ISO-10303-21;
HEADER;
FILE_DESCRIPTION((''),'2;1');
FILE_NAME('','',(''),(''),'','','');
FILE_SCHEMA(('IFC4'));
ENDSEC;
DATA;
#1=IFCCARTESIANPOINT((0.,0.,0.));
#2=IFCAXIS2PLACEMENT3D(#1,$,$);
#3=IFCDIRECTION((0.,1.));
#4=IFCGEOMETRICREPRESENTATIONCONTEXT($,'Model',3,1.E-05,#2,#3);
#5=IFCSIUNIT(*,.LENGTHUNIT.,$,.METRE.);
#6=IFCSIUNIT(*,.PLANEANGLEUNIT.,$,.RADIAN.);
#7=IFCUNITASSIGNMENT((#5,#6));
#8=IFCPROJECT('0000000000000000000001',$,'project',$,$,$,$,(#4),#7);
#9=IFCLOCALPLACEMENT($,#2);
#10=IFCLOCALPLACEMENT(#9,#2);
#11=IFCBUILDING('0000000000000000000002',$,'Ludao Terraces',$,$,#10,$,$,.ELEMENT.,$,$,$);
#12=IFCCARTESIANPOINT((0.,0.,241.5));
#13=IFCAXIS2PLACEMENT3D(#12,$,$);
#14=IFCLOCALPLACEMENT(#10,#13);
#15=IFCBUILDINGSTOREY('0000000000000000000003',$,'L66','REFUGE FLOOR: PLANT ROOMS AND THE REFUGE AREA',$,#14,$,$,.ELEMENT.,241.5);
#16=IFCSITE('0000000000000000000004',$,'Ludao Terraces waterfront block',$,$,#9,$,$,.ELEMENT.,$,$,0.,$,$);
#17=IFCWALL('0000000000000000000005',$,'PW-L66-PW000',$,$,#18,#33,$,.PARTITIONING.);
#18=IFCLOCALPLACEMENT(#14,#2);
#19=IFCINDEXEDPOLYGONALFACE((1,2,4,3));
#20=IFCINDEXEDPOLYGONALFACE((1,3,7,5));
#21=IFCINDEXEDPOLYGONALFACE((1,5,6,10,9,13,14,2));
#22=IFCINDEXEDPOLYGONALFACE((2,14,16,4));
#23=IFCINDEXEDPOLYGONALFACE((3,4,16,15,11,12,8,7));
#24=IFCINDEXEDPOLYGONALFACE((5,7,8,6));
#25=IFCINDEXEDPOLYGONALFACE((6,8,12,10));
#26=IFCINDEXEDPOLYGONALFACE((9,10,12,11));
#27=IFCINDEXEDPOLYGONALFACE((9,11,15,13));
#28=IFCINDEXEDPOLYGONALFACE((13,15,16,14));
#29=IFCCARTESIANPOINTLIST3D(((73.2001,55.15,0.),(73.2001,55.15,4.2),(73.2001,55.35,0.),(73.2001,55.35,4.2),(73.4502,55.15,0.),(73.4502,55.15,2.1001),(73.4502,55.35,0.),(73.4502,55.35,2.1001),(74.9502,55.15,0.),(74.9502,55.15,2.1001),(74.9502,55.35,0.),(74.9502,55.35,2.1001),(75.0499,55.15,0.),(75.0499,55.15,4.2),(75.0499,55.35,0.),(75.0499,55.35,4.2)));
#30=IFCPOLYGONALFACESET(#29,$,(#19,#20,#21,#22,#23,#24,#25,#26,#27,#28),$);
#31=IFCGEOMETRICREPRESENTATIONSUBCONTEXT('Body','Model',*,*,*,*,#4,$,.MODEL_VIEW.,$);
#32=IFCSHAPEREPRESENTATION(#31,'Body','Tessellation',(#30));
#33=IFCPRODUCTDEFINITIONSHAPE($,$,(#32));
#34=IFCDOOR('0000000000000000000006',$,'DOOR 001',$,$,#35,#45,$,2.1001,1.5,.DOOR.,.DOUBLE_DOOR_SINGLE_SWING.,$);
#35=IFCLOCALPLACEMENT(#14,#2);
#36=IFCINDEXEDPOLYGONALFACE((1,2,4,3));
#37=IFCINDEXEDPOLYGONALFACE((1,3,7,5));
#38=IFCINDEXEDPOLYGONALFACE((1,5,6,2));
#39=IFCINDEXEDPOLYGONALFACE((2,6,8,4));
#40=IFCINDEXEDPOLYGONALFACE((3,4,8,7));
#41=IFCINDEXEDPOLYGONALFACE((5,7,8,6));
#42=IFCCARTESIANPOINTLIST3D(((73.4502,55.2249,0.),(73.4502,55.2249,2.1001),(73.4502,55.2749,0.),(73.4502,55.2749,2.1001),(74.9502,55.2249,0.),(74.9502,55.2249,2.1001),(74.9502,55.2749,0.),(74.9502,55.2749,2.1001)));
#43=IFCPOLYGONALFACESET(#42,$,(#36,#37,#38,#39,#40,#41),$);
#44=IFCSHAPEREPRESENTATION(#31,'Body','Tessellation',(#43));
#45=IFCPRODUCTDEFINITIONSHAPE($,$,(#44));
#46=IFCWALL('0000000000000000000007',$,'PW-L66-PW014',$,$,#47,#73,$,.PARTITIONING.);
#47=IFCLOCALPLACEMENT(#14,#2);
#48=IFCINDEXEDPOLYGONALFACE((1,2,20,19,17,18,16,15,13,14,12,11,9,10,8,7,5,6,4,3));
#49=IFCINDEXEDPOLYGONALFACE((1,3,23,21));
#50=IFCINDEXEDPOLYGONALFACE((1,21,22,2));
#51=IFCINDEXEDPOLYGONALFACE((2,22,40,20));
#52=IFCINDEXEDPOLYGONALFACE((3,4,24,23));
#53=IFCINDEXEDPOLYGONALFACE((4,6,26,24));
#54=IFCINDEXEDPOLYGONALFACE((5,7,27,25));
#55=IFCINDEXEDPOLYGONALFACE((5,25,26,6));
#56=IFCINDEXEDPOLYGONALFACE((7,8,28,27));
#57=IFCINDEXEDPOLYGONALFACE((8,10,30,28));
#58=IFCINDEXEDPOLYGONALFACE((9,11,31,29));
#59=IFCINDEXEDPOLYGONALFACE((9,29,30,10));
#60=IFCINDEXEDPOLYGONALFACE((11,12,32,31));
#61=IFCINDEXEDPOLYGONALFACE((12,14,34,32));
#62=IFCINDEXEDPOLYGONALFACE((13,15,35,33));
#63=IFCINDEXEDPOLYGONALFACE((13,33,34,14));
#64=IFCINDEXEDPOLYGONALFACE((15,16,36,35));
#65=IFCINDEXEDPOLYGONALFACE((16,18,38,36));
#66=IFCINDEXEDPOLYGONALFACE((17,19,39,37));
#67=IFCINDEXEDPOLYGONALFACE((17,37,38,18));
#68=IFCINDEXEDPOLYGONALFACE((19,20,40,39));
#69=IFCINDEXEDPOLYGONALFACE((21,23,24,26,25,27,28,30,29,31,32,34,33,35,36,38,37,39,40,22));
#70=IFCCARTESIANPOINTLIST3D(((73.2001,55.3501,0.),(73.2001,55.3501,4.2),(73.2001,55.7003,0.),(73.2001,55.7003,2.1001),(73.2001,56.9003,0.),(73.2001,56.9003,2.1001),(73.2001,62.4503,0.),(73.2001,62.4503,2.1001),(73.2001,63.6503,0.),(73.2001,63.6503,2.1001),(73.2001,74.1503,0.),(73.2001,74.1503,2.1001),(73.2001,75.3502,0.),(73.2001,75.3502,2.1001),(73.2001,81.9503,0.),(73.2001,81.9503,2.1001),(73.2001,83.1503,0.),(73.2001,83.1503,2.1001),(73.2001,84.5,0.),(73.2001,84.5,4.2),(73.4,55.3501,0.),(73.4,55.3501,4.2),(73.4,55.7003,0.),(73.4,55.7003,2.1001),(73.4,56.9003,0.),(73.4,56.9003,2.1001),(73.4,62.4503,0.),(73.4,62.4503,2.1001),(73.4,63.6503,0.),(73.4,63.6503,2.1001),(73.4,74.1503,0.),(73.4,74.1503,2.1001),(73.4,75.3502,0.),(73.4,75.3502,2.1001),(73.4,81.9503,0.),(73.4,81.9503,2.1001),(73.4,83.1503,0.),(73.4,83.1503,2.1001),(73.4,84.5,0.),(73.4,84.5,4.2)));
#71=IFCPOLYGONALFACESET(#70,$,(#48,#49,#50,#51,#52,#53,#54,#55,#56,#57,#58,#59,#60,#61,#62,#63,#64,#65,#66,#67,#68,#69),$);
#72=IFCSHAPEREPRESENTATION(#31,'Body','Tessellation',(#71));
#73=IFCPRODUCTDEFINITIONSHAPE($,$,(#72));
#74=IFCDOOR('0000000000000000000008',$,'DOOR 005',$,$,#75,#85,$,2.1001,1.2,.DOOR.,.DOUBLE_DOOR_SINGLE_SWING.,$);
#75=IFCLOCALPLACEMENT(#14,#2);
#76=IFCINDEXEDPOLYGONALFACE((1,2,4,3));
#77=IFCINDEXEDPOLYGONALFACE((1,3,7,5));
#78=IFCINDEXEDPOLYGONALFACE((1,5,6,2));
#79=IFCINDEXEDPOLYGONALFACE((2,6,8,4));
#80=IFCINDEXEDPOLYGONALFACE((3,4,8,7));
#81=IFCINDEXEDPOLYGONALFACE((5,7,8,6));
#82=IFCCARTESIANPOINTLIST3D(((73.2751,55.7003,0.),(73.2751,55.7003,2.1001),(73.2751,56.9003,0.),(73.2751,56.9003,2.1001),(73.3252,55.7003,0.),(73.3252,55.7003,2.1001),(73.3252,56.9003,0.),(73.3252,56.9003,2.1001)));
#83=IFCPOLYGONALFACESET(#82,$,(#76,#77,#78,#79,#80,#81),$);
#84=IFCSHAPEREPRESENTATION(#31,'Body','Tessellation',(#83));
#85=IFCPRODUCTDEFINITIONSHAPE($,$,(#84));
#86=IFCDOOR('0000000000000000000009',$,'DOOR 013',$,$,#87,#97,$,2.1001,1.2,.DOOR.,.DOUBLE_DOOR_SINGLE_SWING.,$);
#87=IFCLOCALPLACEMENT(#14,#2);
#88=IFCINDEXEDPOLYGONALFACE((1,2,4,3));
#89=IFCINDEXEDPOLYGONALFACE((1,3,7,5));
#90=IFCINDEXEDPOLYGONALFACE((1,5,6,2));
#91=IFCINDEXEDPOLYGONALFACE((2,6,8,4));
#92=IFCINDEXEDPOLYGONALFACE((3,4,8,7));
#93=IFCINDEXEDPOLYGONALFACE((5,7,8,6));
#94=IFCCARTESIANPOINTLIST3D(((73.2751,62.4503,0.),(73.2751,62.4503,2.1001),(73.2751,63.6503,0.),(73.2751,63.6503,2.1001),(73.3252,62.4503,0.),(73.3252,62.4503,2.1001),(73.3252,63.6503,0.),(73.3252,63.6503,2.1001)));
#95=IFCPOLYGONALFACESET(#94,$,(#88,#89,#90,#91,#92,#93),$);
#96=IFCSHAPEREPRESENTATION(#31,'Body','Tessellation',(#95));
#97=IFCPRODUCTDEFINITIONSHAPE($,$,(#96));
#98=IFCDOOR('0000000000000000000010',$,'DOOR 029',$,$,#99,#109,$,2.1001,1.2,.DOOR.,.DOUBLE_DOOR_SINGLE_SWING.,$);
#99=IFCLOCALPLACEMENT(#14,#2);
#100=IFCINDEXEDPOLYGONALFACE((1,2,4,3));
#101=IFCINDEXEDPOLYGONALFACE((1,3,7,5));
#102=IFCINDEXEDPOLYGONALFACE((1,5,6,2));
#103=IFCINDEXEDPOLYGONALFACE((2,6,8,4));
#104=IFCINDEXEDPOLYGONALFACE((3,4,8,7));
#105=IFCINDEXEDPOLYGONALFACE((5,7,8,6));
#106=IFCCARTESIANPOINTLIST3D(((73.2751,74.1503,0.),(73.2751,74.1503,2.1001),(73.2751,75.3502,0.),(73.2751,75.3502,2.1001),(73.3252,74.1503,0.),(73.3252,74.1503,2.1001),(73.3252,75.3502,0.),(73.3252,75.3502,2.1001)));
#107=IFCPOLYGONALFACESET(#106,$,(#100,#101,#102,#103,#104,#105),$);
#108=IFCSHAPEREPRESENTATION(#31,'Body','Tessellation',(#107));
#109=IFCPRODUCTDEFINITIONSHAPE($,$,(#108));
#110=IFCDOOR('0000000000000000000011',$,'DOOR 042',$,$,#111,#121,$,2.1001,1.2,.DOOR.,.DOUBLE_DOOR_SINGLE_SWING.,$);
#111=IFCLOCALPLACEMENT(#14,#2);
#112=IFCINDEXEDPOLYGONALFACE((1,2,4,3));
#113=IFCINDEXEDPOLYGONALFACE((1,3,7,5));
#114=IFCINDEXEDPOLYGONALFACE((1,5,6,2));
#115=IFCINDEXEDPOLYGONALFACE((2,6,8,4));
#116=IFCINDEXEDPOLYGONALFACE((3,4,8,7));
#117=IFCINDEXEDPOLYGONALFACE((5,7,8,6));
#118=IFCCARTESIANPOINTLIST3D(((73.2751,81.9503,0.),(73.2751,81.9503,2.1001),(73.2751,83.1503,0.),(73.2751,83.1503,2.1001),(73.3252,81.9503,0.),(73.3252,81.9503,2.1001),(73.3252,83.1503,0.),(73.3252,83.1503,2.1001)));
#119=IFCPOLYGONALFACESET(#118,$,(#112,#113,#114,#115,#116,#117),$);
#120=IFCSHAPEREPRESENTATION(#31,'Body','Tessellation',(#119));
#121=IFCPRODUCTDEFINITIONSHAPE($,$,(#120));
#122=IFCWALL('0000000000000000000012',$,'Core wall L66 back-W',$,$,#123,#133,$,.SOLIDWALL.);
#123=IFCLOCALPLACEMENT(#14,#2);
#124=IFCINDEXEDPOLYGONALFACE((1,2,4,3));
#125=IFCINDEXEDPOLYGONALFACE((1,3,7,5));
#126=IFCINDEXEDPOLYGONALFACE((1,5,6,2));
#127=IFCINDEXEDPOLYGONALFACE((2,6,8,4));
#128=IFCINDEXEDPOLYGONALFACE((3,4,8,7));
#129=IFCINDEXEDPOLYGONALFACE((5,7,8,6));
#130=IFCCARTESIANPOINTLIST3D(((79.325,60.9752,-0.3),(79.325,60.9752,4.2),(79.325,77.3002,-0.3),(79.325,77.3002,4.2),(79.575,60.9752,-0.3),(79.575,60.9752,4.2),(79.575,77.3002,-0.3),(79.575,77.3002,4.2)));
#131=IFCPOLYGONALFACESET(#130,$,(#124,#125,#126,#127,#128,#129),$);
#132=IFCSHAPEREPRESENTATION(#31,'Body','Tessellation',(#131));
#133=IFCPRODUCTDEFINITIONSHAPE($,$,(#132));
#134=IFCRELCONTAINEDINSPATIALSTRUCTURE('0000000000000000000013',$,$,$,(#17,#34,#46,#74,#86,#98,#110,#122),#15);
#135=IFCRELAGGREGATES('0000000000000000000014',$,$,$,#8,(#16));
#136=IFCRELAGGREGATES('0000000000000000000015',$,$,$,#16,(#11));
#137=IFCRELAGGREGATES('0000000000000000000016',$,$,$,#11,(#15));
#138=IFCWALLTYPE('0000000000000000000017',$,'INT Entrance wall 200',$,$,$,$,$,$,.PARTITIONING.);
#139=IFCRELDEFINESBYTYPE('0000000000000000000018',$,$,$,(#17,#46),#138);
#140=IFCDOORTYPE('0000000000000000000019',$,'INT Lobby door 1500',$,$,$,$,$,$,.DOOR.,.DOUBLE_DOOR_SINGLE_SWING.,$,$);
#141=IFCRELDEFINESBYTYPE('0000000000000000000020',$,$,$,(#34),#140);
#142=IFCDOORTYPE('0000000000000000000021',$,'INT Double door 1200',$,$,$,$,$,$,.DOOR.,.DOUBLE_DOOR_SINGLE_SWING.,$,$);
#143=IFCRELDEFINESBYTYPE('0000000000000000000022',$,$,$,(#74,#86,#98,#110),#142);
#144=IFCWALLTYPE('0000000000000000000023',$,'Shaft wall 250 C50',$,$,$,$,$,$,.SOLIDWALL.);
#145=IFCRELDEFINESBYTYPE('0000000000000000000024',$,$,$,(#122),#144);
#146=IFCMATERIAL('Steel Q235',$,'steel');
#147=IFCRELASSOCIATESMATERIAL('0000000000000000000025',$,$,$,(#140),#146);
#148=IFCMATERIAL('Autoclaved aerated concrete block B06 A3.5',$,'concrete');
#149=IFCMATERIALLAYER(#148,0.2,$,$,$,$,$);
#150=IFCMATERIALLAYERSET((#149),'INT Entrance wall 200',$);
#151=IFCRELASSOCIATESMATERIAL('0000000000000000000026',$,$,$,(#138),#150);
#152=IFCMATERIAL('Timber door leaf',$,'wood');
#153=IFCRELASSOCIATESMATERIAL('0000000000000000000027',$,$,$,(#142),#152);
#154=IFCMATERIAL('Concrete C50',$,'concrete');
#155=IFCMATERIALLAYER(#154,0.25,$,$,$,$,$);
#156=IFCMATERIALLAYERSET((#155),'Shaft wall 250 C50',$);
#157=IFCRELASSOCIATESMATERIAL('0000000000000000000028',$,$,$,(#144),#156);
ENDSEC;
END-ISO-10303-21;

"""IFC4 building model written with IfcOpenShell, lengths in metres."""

from ifc_helpers import new_model, si_unit, direction, frame, frame_2d, origin, place, context, subcontext, project, spatial, rectangle, extrude, material, layer, layer_set, type_object, element, fill, save


model = new_model("IFC4")

# Units and contexts
model_context = context("Model", 3, precision=1e-05, world=origin(), true_north=direction((0.0, 1.0)))
body_context = subcontext(model_context, "Body", "Model", "MODEL_VIEW")
ifc_project = project(units=[si_unit("LENGTHUNIT", "METRE"), si_unit("PLANEANGLEUNIT", "RADIAN")], contexts=[model_context])

# Site, building, storey
site_placement = place(None, origin())
site = spatial("IfcSite", under=ifc_project, at=site_placement, Name="Ludao Terraces waterfront block", CompositionType="ELEMENT", RefElevation=0.0)
building_placement = place(site_placement, origin())
building = spatial("IfcBuilding", under=site, at=building_placement, Name="Ludao Terraces", CompositionType="ELEMENT")
storey_placement = place(building_placement, frame((0.0, 0.0, 241.5)))
storey = spatial("IfcBuildingStorey", under=building, at=storey_placement, Name="L66", Description="REFUGE FLOOR: PLANT ROOMS AND THE REFUGE AREA", CompositionType="ELEMENT", Elevation=241.5)

# Shared definitions
ifc_material_1 = material(Name="Concrete C50", Category="concrete")

# Shared definitions
ifc_material_2 = material(Name="Steel Q235", Category="steel")
ifc_material_3 = material(Name="Timber door leaf", Category="wood")

# Wall, opening, door
door_type_1 = type_object("IfcDoorType", Name="INT Lobby door 1500", OperationType="DOUBLE_DOOR_SINGLE_SWING", PredefinedType="DOOR", material=ifc_material_2)
ifc_material_4 = material(Name="Autoclaved aerated concrete block B06 A3.5", Category="concrete")
ifc_layer_1 = layer(ifc_material_4, 0.2)
ifc_layer_set_1 = layer_set([ifc_layer_1], Name="INT Entrance wall 200")
wall_type_1 = type_object("IfcWallType", Name="INT Entrance wall 200", PredefinedType="PARTITIONING", material=ifc_layer_set_1)
wall_1_placement = place(storey_placement, frame((73.2002, 55.25, 0.0), z_axis=(0.0, 0.0, 1.0), x_axis=(1.0, 0.0, 0.0)))
wall_1 = element("IfcWall", 1, at=wall_1_placement, inside=storey, type_object=wall_type_1, Name="PW-L66-PW000", PredefinedType="PARTITIONING", context=body_context, shape_type="SweptSolid", body=[
    extrude(rectangle(XDim=1.8499, YDim=0.2, at=frame_2d((0.9248, 0.0))), origin(), (0.0, 0.0, 1.0), 4.2),
])
opening_1_placement = place(wall_1_placement, frame((0.25, 0.0, 0.0)))
opening_1 = element("IfcOpeningElement", 2, at=opening_1_placement, cuts=wall_1, PredefinedType="OPENING", context=body_context, shape_type="SweptSolid", body=[
    extrude(rectangle(XDim=1.5, YDim=2.1001, at=frame_2d((0.75, 1.05))), frame((0.0, 0.1099, 0.0), z_axis=(0.0, -1.0, 0.0), x_axis=(1.0, 0.0, 0.0)), (0.0, 0.0, 1.0), 0.22),
])
door_1_placement = place(opening_1_placement, origin())
door_1 = element("IfcDoor", 3, at=door_1_placement, inside=storey, type_object=door_type_1, Name="DOOR 001", OperationType="DOUBLE_DOOR_SINGLE_SWING", OverallHeight=2.1001, OverallWidth=1.5, PredefinedType="DOOR", context=body_context, shape_type="SweptSolid", body=[
    extrude(rectangle(XDim=1.5, YDim=2.1001, at=frame_2d((0.75, 1.05))), frame((0.0, 0.0249, 0.0), z_axis=(0.0, -1.0, 0.0), x_axis=(1.0, 0.0, 0.0)), (0.0, 0.0, 1.0), 0.05),
])
fill(opening_1, door_1)

# Wall, openings, doors
wall_2_placement = place(storey_placement, frame((73.3, 55.3501, 0.0), z_axis=(0.0, 0.0, 1.0), x_axis=(0.0, 1.0, 0.0)))
wall_2 = element("IfcWall", 4, at=wall_2_placement, inside=storey, type_object=wall_type_1, Name="PW-L66-PW014", PredefinedType="PARTITIONING", context=body_context, shape_type="SweptSolid", body=[
    extrude(rectangle(XDim=29.1499, YDim=0.2, at=frame_2d((14.575, 0.0))), origin(), (0.0, 0.0, 1.0), 4.2),
])
opening_2_placement = place(wall_2_placement, frame((0.3501, 0.0, 0.0)))
opening_2 = element("IfcOpeningElement", 5, at=opening_2_placement, cuts=wall_2, PredefinedType="OPENING", context=body_context, shape_type="SweptSolid", body=[
    extrude(rectangle(XDim=1.2, YDim=2.1001, at=frame_2d((0.6001, 1.05))), frame((0.0, 0.1099, 0.0), z_axis=(0.0, -1.0, 0.0), x_axis=(1.0, 0.0, 0.0)), (0.0, 0.0, 1.0), 0.22),
])
opening_3_placement = place(wall_2_placement, frame((7.1001, 0.0, 0.0)))
opening_3 = element("IfcOpeningElement", 6, at=opening_3_placement, cuts=wall_2, PredefinedType="OPENING", context=body_context, shape_type="SweptSolid", body=[
    extrude(rectangle(XDim=1.2, YDim=2.1001, at=frame_2d((0.6001, 1.05))), frame((0.0, 0.1099, 0.0), z_axis=(0.0, -1.0, 0.0), x_axis=(1.0, 0.0, 0.0)), (0.0, 0.0, 1.0), 0.22),
])
opening_4_placement = place(wall_2_placement, frame((18.8, 0.0, 0.0)))
opening_4 = element("IfcOpeningElement", 7, at=opening_4_placement, cuts=wall_2, PredefinedType="OPENING", context=body_context, shape_type="SweptSolid", body=[
    extrude(rectangle(XDim=1.2, YDim=2.1001, at=frame_2d((0.6001, 1.05))), frame((0.0, 0.1099, 0.0), z_axis=(0.0, -1.0, 0.0), x_axis=(1.0, 0.0, 0.0)), (0.0, 0.0, 1.0), 0.22),
])
opening_5_placement = place(wall_2_placement, frame((26.6001, 0.0, 0.0)))
opening_5 = element("IfcOpeningElement", 8, at=opening_5_placement, cuts=wall_2, PredefinedType="OPENING", context=body_context, shape_type="SweptSolid", body=[
    extrude(rectangle(XDim=1.2, YDim=2.1001, at=frame_2d((0.6001, 1.05))), frame((0.0, 0.1099, 0.0), z_axis=(0.0, -1.0, 0.0), x_axis=(1.0, 0.0, 0.0)), (0.0, 0.0, 1.0), 0.22),
])
door_type_2 = type_object("IfcDoorType", Name="INT Double door 1200", OperationType="DOUBLE_DOOR_SINGLE_SWING", PredefinedType="DOOR", material=ifc_material_3)
door_2_placement = place(opening_2_placement, origin())
door_2 = element("IfcDoor", 9, at=door_2_placement, inside=storey, type_object=door_type_2, Name="DOOR 005", OperationType="DOUBLE_DOOR_SINGLE_SWING", OverallHeight=2.1001, OverallWidth=1.2, PredefinedType="DOOR", context=body_context, shape_type="SweptSolid", body=[
    extrude(rectangle(XDim=1.2, YDim=2.1001, at=frame_2d((0.6001, 1.05))), frame((0.0, 0.0249, 0.0), z_axis=(0.0, -1.0, 0.0), x_axis=(1.0, 0.0, 0.0)), (0.0, 0.0, 1.0), 0.05),
])
fill(opening_2, door_2)
door_3_placement = place(opening_3_placement, origin())
door_3 = element("IfcDoor", 10, at=door_3_placement, inside=storey, type_object=door_type_2, Name="DOOR 013", OperationType="DOUBLE_DOOR_SINGLE_SWING", OverallHeight=2.1001, OverallWidth=1.2, PredefinedType="DOOR", context=body_context, shape_type="SweptSolid", body=[
    extrude(rectangle(XDim=1.2, YDim=2.1001, at=frame_2d((0.6001, 1.05))), frame((0.0, 0.0249, 0.0), z_axis=(0.0, -1.0, 0.0), x_axis=(1.0, 0.0, 0.0)), (0.0, 0.0, 1.0), 0.05),
])
fill(opening_3, door_3)
door_4_placement = place(opening_4_placement, origin())
door_4 = element("IfcDoor", 11, at=door_4_placement, inside=storey, type_object=door_type_2, Name="DOOR 029", OperationType="DOUBLE_DOOR_SINGLE_SWING", OverallHeight=2.1001, OverallWidth=1.2, PredefinedType="DOOR", context=body_context, shape_type="SweptSolid", body=[
    extrude(rectangle(XDim=1.2, YDim=2.1001, at=frame_2d((0.6001, 1.05))), frame((0.0, 0.0249, 0.0), z_axis=(0.0, -1.0, 0.0), x_axis=(1.0, 0.0, 0.0)), (0.0, 0.0, 1.0), 0.05),
])
fill(opening_4, door_4)
door_5_placement = place(opening_5_placement, origin())
door_5 = element("IfcDoor", 12, at=door_5_placement, inside=storey, type_object=door_type_2, Name="DOOR 042", OperationType="DOUBLE_DOOR_SINGLE_SWING", OverallHeight=2.1001, OverallWidth=1.2, PredefinedType="DOOR", context=body_context, shape_type="SweptSolid", body=[
    extrude(rectangle(XDim=1.2, YDim=2.1001, at=frame_2d((0.6001, 1.05))), frame((0.0, 0.0249, 0.0), z_axis=(0.0, -1.0, 0.0), x_axis=(1.0, 0.0, 0.0)), (0.0, 0.0, 1.0), 0.05),
])
fill(opening_5, door_5)

# Wall
ifc_layer_2 = layer(ifc_material_1, 0.25)
ifc_layer_set_2 = layer_set([ifc_layer_2], Name="Shaft wall 250 C50")
wall_type_2 = type_object("IfcWallType", Name="Shaft wall 250 C50", PredefinedType="SOLIDWALL", material=ifc_layer_set_2)
wall_3_placement = place(storey_placement, frame((79.45, 60.9751, -0.3), z_axis=(0.0, 0.0, 1.0), x_axis=(0.0, 1.0, 0.0)))
element("IfcWall", 13, at=wall_3_placement, inside=storey, type_object=wall_type_2, Name="Core wall L66 back-W", PredefinedType="SOLIDWALL", context=body_context, shape_type="SweptSolid", body=[
    extrude(rectangle(XDim=16.325, YDim=0.25, at=frame_2d((8.1626, 0.0))), origin(), (0.0, 0.0, 1.0), 4.5),
])

save(model, "model.ifc")
